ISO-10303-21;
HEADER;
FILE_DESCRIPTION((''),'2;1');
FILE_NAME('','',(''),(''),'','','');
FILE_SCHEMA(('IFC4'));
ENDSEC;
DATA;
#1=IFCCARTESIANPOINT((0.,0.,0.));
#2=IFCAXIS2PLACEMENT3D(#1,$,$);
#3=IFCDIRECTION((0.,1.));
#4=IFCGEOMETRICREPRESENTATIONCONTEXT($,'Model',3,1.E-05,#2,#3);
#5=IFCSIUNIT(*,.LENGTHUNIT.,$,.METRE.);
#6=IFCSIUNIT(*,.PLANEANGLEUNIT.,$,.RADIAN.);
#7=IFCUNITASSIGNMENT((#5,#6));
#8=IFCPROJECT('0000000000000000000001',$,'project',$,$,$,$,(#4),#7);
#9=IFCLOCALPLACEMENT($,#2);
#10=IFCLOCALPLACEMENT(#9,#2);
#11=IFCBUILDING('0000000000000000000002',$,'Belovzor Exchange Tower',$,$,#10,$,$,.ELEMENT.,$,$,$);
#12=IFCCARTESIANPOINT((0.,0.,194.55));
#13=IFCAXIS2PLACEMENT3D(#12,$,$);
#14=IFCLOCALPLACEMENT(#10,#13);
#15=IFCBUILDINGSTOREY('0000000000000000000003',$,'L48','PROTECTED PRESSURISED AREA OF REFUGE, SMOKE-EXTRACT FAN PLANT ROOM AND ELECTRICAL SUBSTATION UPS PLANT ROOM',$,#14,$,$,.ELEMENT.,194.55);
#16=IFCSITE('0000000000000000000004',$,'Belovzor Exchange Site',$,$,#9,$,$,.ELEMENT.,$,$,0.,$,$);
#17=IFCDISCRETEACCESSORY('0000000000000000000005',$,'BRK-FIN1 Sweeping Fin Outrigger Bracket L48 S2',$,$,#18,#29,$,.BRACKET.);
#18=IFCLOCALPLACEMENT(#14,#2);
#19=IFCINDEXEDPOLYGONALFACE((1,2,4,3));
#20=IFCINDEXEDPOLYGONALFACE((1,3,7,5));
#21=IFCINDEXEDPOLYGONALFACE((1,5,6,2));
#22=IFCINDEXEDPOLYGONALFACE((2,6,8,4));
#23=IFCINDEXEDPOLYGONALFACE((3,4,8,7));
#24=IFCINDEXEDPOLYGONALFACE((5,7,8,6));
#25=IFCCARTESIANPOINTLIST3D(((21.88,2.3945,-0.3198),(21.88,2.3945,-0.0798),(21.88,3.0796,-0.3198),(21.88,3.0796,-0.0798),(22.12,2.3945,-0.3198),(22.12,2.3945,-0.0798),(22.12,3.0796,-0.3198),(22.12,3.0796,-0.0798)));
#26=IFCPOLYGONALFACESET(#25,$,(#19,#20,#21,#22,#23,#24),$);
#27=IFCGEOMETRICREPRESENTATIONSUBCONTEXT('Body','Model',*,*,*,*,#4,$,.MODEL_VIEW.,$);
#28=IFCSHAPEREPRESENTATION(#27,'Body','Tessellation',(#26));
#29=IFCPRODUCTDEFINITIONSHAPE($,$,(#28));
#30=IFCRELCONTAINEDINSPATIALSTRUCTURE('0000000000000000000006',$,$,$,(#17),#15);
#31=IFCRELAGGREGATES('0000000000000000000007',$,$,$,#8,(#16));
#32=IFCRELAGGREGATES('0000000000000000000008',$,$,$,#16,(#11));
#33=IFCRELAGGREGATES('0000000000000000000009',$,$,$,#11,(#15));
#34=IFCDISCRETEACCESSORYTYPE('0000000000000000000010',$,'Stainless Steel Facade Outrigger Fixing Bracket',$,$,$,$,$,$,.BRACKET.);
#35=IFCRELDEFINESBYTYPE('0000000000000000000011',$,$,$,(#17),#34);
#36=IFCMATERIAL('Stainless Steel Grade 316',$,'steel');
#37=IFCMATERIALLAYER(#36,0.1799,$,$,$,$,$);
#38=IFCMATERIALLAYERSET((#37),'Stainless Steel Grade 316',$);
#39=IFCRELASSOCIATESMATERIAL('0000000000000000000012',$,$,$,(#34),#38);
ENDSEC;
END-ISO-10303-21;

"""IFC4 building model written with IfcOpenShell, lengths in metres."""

from ifc_helpers import new_model, si_unit, direction, frame, origin, origin_2d, place, context, subcontext, project, spatial, rectangle, extrude, material, layer, layer_set, type_object, element, save


model = new_model("IFC4")

# Units and contexts
model_context = context("Model", 3, precision=1e-05, world=origin(), true_north=direction((0.0, 1.0)))
body_context = subcontext(model_context, "Body", "Model", "MODEL_VIEW")
ifc_project = project(units=[si_unit("LENGTHUNIT", "METRE"), si_unit("PLANEANGLEUNIT", "RADIAN")], contexts=[model_context])

# Site, building, storey
site_placement = place(None, origin())
site = spatial("IfcSite", under=ifc_project, at=site_placement, Name="Belovzor Exchange Site", CompositionType="ELEMENT", RefElevation=0.0)
building_placement = place(site_placement, origin())
building = spatial("IfcBuilding", under=site, at=building_placement, Name="Belovzor Exchange Tower", CompositionType="ELEMENT")
storey_placement = place(building_placement, frame((0.0, 0.0, 194.55)))
storey = spatial("IfcBuildingStorey", under=building, at=storey_placement, Name="L48", Description="PROTECTED PRESSURISED AREA OF REFUGE, SMOKE-EXTRACT FAN PLANT ROOM AND ELECTRICAL SUBSTATION UPS PLANT ROOM", CompositionType="ELEMENT", Elevation=194.55)

# Discrete accessory
ifc_material_1 = material(Name="Stainless Steel Grade 316", Category="steel")
ifc_layer_1 = layer(ifc_material_1, 0.1799)
ifc_layer_set_1 = layer_set([ifc_layer_1], Name="Stainless Steel Grade 316")
discrete_accessory_type = type_object("IfcDiscreteAccessoryType", Name="Stainless Steel Facade Outrigger Fixing Bracket", PredefinedType="BRACKET", material=ifc_layer_set_1)
discrete_accessory_placement = place(storey_placement, frame((22.0, 2.7371, -0.3198), z_axis=(0.0, 0.0, 1.0), x_axis=(0.0, 1.0, 0.0)))
element("IfcDiscreteAccessory", 1, at=discrete_accessory_placement, inside=storey, type_object=discrete_accessory_type, Name="BRK-FIN1 Sweeping Fin Outrigger Bracket L48 S2", PredefinedType="BRACKET", context=body_context, shape_type="SweptSolid", body=[
    extrude(rectangle(XDim=0.6851, YDim=0.24, at=origin_2d()), origin(), (0.0, 0.0, 1.0), 0.24),
])

save(model, "model.ifc")
